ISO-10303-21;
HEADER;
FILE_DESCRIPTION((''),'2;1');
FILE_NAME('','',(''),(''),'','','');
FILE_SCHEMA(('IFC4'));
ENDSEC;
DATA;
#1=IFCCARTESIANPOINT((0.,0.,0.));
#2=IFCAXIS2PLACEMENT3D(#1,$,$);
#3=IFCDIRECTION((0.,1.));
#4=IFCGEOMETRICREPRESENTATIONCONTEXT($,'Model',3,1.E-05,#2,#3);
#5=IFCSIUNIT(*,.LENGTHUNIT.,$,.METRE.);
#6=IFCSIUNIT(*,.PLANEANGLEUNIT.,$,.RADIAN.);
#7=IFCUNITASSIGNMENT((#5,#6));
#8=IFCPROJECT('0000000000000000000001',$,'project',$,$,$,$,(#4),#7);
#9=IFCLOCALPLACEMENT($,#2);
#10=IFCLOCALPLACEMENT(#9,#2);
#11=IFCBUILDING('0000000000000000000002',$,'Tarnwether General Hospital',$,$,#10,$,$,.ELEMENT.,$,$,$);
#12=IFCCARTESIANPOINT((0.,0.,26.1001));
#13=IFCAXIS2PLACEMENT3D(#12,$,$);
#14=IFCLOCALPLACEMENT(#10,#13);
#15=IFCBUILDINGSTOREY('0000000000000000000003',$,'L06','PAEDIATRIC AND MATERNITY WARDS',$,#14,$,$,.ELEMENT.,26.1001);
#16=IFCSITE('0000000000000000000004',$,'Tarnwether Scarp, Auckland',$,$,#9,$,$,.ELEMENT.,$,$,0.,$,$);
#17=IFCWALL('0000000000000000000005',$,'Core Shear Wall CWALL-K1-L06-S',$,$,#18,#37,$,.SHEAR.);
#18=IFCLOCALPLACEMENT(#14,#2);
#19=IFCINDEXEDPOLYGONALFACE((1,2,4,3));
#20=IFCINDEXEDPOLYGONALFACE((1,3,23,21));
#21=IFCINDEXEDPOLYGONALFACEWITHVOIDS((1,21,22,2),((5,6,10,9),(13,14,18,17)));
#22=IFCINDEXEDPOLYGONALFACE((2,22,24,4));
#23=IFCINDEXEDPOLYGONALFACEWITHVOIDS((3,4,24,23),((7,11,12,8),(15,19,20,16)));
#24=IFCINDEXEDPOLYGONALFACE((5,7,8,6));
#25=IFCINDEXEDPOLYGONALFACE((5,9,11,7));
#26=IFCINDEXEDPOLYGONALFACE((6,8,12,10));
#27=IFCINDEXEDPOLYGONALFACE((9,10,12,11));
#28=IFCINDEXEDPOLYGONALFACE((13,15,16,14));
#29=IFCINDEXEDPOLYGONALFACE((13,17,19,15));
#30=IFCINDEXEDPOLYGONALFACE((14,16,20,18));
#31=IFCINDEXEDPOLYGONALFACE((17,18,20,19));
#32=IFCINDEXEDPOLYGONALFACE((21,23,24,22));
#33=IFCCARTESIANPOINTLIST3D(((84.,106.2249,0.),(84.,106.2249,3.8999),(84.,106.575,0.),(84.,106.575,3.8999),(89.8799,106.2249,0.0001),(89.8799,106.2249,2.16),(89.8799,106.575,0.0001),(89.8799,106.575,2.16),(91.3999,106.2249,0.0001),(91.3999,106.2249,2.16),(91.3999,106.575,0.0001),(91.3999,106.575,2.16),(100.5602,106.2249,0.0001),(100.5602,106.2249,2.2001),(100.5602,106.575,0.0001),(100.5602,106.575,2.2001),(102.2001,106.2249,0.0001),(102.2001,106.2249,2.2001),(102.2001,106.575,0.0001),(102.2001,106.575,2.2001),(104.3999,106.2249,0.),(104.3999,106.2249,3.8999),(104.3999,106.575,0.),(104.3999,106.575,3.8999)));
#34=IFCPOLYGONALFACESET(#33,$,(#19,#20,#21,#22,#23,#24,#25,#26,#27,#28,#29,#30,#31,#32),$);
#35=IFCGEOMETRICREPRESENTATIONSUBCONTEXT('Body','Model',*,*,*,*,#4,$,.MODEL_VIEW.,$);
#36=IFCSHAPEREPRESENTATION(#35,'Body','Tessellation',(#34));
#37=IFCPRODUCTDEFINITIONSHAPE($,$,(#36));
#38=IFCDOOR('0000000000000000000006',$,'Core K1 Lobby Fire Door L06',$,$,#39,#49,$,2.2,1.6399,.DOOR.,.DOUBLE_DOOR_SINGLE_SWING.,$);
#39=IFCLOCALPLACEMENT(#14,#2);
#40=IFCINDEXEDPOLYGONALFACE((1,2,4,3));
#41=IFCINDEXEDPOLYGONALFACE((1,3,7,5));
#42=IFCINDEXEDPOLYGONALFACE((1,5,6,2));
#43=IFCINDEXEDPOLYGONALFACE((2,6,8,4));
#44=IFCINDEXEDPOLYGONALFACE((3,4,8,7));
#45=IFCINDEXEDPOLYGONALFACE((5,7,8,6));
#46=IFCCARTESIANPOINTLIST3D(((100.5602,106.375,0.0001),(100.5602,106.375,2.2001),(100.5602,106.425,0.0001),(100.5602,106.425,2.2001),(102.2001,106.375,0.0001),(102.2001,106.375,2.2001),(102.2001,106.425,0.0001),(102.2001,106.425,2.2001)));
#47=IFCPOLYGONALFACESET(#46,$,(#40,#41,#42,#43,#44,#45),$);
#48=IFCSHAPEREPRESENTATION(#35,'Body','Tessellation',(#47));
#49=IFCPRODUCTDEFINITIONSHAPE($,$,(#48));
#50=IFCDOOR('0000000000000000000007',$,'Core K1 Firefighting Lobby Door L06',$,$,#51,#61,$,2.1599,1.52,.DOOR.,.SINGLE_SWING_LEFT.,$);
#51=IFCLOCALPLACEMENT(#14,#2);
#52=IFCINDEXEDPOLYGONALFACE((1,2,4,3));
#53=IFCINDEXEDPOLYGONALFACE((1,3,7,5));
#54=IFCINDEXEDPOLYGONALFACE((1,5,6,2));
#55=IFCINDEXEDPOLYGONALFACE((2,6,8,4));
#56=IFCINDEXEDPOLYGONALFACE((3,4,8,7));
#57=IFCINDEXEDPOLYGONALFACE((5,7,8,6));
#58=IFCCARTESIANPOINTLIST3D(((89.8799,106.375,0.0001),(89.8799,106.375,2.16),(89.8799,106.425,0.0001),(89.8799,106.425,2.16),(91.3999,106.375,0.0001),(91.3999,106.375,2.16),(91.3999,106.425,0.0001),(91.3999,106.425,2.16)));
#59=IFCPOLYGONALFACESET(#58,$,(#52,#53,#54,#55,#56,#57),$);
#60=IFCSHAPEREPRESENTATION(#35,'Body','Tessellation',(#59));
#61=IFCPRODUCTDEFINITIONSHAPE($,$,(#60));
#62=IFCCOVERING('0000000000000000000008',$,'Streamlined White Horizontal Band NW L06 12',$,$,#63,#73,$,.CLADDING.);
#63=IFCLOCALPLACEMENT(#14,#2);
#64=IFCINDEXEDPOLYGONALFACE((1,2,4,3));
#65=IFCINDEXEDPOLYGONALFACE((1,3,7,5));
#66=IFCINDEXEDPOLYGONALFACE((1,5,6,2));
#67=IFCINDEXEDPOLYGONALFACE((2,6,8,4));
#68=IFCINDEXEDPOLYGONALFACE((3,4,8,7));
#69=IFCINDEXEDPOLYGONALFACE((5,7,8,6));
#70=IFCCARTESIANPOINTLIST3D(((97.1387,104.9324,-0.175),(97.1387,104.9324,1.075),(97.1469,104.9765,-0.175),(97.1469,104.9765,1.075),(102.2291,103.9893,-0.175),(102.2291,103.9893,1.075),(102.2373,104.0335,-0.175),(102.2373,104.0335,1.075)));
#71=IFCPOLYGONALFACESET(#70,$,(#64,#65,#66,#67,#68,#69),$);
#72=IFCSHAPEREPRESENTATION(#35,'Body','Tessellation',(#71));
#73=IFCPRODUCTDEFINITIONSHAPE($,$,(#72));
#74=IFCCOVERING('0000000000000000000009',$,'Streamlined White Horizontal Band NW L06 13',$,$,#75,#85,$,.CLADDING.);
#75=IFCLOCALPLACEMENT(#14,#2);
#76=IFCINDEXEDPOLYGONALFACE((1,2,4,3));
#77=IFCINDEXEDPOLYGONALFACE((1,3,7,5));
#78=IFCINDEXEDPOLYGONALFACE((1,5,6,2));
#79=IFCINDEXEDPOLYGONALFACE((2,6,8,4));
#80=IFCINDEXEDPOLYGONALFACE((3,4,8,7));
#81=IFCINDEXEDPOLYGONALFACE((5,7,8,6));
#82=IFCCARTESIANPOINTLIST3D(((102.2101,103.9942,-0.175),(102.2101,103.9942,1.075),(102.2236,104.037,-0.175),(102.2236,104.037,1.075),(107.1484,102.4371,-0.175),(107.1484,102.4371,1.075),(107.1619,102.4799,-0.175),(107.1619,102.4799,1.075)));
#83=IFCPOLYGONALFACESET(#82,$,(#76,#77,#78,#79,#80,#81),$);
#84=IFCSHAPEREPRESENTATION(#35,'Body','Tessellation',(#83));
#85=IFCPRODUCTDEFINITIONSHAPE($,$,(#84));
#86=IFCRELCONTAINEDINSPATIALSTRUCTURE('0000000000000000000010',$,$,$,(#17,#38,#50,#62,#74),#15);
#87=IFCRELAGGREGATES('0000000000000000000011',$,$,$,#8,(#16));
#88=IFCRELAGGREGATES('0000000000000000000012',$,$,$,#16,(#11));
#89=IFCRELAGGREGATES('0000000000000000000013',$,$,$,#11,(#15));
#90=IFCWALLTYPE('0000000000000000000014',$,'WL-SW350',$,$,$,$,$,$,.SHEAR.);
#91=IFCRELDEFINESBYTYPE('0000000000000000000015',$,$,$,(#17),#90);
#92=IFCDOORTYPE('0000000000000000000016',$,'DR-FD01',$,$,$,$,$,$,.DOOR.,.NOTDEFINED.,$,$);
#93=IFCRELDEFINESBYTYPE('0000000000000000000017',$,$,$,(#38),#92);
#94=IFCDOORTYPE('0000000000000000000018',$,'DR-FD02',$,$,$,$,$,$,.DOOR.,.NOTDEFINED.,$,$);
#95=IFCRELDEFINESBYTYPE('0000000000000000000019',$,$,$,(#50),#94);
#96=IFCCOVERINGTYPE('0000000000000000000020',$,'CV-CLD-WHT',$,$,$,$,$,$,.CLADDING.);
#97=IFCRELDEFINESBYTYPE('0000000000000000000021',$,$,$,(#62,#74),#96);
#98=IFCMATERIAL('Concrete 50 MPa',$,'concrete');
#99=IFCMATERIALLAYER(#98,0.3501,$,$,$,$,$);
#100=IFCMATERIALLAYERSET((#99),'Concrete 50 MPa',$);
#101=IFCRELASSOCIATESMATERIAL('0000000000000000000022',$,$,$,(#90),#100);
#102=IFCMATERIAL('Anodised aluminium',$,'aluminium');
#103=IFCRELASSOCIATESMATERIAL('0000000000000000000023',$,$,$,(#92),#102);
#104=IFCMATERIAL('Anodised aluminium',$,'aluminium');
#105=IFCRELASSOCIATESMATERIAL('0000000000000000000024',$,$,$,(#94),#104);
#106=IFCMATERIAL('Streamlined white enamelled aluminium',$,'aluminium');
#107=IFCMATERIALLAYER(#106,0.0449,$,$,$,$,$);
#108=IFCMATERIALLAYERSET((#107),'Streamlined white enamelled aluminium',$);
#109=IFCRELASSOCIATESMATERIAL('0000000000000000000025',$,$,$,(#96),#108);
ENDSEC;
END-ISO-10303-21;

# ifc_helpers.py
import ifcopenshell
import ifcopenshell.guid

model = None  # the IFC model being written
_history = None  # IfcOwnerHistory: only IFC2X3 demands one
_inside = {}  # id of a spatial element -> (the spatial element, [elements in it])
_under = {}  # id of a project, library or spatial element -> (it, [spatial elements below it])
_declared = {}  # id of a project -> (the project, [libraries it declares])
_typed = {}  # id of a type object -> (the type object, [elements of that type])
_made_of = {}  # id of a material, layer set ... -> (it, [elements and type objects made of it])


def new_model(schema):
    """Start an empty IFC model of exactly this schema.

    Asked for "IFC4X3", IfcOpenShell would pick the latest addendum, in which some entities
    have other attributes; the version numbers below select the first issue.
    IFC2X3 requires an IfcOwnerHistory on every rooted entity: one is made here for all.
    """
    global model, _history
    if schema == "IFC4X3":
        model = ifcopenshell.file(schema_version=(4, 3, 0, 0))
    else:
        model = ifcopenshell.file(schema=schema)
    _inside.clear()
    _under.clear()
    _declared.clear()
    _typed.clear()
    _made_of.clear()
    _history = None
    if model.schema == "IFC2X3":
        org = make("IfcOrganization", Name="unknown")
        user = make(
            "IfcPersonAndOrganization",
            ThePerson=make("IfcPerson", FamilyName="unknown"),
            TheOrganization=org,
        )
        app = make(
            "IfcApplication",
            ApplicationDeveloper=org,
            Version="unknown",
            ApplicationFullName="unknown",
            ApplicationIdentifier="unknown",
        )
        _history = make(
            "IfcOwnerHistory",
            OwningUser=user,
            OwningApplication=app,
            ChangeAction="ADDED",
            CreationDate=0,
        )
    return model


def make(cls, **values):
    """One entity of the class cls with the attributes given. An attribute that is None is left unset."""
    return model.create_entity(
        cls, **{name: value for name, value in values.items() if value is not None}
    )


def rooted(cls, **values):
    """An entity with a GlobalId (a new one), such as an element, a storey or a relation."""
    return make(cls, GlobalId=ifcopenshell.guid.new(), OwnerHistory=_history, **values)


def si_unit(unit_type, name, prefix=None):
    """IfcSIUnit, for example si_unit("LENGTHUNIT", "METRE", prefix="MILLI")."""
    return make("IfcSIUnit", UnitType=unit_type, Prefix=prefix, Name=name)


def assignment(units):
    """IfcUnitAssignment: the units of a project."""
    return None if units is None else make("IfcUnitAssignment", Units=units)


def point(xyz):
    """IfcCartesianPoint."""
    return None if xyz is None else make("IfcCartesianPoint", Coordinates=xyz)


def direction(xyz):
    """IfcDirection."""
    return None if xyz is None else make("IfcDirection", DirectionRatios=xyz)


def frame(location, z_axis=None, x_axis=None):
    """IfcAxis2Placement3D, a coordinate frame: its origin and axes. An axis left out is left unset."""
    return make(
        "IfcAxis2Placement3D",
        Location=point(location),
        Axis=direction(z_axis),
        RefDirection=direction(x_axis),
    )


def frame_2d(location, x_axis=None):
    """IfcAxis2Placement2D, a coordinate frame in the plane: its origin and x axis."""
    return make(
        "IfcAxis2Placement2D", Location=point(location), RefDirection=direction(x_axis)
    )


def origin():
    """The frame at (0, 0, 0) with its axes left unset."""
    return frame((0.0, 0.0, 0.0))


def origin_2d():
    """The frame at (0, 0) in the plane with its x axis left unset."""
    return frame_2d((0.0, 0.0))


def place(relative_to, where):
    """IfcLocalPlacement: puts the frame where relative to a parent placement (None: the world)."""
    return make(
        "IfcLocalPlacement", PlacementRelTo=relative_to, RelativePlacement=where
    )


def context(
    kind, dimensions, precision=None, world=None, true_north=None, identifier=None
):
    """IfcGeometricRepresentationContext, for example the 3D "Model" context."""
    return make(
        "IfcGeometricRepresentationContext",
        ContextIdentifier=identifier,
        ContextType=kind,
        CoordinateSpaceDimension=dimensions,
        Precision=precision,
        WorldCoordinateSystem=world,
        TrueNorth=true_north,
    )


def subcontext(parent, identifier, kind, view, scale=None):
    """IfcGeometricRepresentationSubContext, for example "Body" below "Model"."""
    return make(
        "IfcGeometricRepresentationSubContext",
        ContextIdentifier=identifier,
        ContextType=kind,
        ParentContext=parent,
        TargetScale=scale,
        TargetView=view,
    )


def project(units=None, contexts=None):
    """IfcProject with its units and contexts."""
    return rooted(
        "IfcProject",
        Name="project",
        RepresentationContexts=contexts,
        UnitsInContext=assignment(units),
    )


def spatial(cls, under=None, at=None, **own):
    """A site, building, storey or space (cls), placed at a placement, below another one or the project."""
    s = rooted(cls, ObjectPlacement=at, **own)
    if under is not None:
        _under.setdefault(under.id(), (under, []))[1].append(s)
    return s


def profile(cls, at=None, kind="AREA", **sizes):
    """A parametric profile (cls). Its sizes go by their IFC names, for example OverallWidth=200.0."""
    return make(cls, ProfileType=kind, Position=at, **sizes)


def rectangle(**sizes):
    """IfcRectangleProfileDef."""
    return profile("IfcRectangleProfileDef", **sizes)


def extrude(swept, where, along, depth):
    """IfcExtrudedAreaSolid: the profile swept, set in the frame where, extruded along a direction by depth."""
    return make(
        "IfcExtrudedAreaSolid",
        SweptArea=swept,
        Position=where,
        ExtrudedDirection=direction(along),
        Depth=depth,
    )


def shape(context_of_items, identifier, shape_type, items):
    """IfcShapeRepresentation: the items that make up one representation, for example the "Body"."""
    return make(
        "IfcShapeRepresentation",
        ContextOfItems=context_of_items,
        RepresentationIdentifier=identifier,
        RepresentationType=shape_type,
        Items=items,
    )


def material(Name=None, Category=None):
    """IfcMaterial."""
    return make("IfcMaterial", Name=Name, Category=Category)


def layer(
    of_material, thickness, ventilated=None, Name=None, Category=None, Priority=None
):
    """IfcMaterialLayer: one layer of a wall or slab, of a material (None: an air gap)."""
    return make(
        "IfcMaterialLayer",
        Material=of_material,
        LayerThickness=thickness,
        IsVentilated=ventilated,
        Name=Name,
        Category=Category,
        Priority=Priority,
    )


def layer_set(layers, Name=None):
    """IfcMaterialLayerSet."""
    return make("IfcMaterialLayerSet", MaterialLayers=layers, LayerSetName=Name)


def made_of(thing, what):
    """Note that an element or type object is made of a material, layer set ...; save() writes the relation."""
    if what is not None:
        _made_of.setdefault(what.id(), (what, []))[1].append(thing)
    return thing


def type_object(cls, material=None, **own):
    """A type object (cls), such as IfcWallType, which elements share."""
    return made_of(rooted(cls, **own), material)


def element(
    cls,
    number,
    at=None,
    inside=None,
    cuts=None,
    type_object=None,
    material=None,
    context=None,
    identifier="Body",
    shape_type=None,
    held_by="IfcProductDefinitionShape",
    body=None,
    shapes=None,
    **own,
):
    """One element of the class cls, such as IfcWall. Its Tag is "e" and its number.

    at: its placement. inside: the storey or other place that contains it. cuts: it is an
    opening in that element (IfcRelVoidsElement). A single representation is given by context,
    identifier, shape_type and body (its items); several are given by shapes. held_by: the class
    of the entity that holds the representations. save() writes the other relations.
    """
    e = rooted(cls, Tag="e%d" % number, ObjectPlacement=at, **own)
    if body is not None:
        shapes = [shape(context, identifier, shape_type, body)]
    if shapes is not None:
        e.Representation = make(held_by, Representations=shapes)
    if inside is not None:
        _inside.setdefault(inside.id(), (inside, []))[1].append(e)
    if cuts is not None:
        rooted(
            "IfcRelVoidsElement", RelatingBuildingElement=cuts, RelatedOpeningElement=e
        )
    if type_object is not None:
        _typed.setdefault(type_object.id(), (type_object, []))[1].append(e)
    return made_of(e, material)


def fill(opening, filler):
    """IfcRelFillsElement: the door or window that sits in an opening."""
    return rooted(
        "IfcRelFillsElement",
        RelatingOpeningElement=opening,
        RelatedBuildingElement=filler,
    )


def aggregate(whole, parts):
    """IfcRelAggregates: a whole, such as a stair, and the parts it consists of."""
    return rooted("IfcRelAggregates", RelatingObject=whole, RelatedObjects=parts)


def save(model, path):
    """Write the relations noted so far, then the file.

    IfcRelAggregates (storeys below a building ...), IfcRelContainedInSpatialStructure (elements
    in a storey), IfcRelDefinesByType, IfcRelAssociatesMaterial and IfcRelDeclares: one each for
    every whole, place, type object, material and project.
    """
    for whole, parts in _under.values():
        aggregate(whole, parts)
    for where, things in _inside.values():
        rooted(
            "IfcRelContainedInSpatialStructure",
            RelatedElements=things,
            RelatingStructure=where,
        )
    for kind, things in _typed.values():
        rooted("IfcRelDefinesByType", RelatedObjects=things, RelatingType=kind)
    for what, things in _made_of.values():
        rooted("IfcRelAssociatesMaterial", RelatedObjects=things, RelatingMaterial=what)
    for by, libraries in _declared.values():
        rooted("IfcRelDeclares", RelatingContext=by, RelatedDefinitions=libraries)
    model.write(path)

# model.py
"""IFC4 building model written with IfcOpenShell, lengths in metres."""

from ifc_helpers import new_model, si_unit, direction, frame, frame_2d, origin, origin_2d, place, context, subcontext, project, spatial, rectangle, extrude, material, layer, layer_set, type_object, element, fill, save


model = new_model("IFC4")

# Units and contexts
model_context = context("Model", 3, precision=1e-05, world=origin(), true_north=direction((0.0, 1.0)))
body_context = subcontext(model_context, "Body", "Model", "MODEL_VIEW")
ifc_project = project(units=[si_unit("LENGTHUNIT", "METRE"), si_unit("PLANEANGLEUNIT", "RADIAN")], contexts=[model_context])

# Site, building, storey
site_placement = place(None, origin())
site = spatial("IfcSite", under=ifc_project, at=site_placement, Name="Tarnwether Scarp, Auckland", CompositionType="ELEMENT", RefElevation=0.0)
building_placement = place(site_placement, origin())
building = spatial("IfcBuilding", under=site, at=building_placement, Name="Tarnwether General Hospital", CompositionType="ELEMENT")
storey_placement = place(building_placement, frame((0.0, 0.0, 26.1001)))
storey = spatial("IfcBuildingStorey", under=building, at=storey_placement, Name="L06", Description="PAEDIATRIC AND MATERNITY WARDS", CompositionType="ELEMENT", Elevation=26.1001)

# Wall, openings, doors
ifc_material_1 = material(Name="Concrete 50 MPa", Category="concrete")
ifc_layer_1 = layer(ifc_material_1, 0.3501)
ifc_layer_set_1 = layer_set([ifc_layer_1], Name="Concrete 50 MPa")
wall_type_1 = type_object("IfcWallType", Name="WL-SW350", PredefinedType="SHEAR", material=ifc_layer_set_1)
wall_1_placement = place(storey_placement, frame((104.3999, 106.3999, 0.0), z_axis=(0.0, 0.0, 1.0), x_axis=(-1.0, 0.0, 0.0)))
wall_1 = element("IfcWall", 1, at=wall_1_placement, inside=storey, type_object=wall_type_1, Name="Core Shear Wall CWALL-K1-L06-S", PredefinedType="SHEAR", context=body_context, shape_type="SweptSolid", body=[
    extrude(rectangle(XDim=20.3999, YDim=0.3501, at=frame_2d((10.2, 0.0))), origin(), (0.0, 0.0, 1.0), 3.8999),
])
opening_1_placement = place(wall_1_placement, frame((2.2, 0.0, 0.0)))
opening_1 = element("IfcOpeningElement", 2, at=opening_1_placement, cuts=wall_1, PredefinedType="OPENING", context=body_context, shape_type="SweptSolid", body=[
    extrude(rectangle(XDim=1.6399, YDim=2.2, at=frame_2d((0.8198, 1.1001))), frame((0.0, 0.1851, 0.0), z_axis=(0.0, -1.0, 0.0), x_axis=(1.0, 0.0, 0.0)), (0.0, 0.0, 1.0), 0.3701),
])
opening_2_placement = place(wall_1_placement, frame((13.0, 0.0, 0.0)))
opening_2 = element("IfcOpeningElement", 3, at=opening_2_placement, cuts=wall_1, PredefinedType="OPENING", context=body_context, shape_type="SweptSolid", body=[
    extrude(rectangle(XDim=1.52, YDim=2.1599, at=frame_2d((0.76, 1.0801))), frame((0.0, 0.1851, 0.0), z_axis=(0.0, -1.0, 0.0), x_axis=(1.0, 0.0, 0.0)), (0.0, 0.0, 1.0), 0.3701),
])
ifc_material_2 = material(Name="Anodised aluminium", Category="aluminium")
door_type_1 = type_object("IfcDoorType", Name="DR-FD01", OperationType="NOTDEFINED", PredefinedType="DOOR", material=ifc_material_2)
door_1_placement = place(opening_1_placement, origin())
door_1 = element("IfcDoor", 4, at=door_1_placement, inside=storey, type_object=door_type_1, Name="Core K1 Lobby Fire Door L06", OperationType="DOUBLE_DOOR_SINGLE_SWING", OverallHeight=2.2, OverallWidth=1.6399, PredefinedType="DOOR", context=body_context, shape_type="SweptSolid", body=[
    extrude(rectangle(XDim=1.6399, YDim=2.2, at=frame_2d((0.8198, 1.1001))), frame((0.0, 0.0249, 0.0), z_axis=(0.0, -1.0, 0.0), x_axis=(1.0, 0.0, 0.0)), (0.0, 0.0, 1.0), 0.05),
])
fill(opening_1, door_1)
ifc_material_3 = material(Name="Anodised aluminium", Category="aluminium")
door_type_2 = type_object("IfcDoorType", Name="DR-FD02", OperationType="NOTDEFINED", PredefinedType="DOOR", material=ifc_material_3)
door_2_placement = place(opening_2_placement, origin())
door_2 = element("IfcDoor", 5, at=door_2_placement, inside=storey, type_object=door_type_2, Name="Core K1 Firefighting Lobby Door L06", OperationType="SINGLE_SWING_LEFT", OverallHeight=2.1599, OverallWidth=1.52, PredefinedType="DOOR", context=body_context, shape_type="SweptSolid", body=[
    extrude(rectangle(XDim=1.52, YDim=2.1599, at=frame_2d((0.76, 1.0801))), frame((0.0, 0.0249, 0.0), z_axis=(0.0, -1.0, 0.0), x_axis=(1.0, 0.0, 0.0)), (0.0, 0.0, 1.0), 0.05),
])
fill(opening_2, door_2)

# Coverings
ifc_material_4 = material(Name="Streamlined white enamelled aluminium", Category="aluminium")
ifc_layer_2 = layer(ifc_material_4, 0.0449)
ifc_layer_set_2 = layer_set([ifc_layer_2], Name="Streamlined white enamelled aluminium")
covering_type = type_object("IfcCoveringType", Name="CV-CLD-WHT", PredefinedType="CLADDING", material=ifc_layer_set_2)
covering_1_placement = place(storey_placement, frame((99.688, 104.4829, -0.175), z_axis=(0.0, 0.0, 1.0), x_axis=(-0.983268, 0.182167, 0.0)))
element("IfcCovering", 6, at=covering_1_placement, inside=storey, type_object=covering_type, Name="Streamlined White Horizontal Band NW L06 12", PredefinedType="CLADDING", context=body_context, shape_type="SweptSolid", body=[
    extrude(rectangle(XDim=5.177, YDim=0.0449, at=origin_2d()), origin(), (0.0, 0.0, 1.0), 1.25),
])
covering_2_placement = place(storey_placement, frame((104.686, 103.2371, -0.175), z_axis=(0.0, 0.0, 1.0), x_axis=(-0.953712, 0.300722, 0.0)))
element("IfcCovering", 7, at=covering_2_placement, inside=storey, type_object=covering_type, Name="Streamlined White Horizontal Band NW L06 13", PredefinedType="CLADDING", context=body_context, shape_type="SweptSolid", body=[
    extrude(rectangle(XDim=5.178, YDim=0.0449, at=origin_2d()), origin(), (0.0, 0.0, 1.0), 1.25),
])

save(model, "model.ifc")
